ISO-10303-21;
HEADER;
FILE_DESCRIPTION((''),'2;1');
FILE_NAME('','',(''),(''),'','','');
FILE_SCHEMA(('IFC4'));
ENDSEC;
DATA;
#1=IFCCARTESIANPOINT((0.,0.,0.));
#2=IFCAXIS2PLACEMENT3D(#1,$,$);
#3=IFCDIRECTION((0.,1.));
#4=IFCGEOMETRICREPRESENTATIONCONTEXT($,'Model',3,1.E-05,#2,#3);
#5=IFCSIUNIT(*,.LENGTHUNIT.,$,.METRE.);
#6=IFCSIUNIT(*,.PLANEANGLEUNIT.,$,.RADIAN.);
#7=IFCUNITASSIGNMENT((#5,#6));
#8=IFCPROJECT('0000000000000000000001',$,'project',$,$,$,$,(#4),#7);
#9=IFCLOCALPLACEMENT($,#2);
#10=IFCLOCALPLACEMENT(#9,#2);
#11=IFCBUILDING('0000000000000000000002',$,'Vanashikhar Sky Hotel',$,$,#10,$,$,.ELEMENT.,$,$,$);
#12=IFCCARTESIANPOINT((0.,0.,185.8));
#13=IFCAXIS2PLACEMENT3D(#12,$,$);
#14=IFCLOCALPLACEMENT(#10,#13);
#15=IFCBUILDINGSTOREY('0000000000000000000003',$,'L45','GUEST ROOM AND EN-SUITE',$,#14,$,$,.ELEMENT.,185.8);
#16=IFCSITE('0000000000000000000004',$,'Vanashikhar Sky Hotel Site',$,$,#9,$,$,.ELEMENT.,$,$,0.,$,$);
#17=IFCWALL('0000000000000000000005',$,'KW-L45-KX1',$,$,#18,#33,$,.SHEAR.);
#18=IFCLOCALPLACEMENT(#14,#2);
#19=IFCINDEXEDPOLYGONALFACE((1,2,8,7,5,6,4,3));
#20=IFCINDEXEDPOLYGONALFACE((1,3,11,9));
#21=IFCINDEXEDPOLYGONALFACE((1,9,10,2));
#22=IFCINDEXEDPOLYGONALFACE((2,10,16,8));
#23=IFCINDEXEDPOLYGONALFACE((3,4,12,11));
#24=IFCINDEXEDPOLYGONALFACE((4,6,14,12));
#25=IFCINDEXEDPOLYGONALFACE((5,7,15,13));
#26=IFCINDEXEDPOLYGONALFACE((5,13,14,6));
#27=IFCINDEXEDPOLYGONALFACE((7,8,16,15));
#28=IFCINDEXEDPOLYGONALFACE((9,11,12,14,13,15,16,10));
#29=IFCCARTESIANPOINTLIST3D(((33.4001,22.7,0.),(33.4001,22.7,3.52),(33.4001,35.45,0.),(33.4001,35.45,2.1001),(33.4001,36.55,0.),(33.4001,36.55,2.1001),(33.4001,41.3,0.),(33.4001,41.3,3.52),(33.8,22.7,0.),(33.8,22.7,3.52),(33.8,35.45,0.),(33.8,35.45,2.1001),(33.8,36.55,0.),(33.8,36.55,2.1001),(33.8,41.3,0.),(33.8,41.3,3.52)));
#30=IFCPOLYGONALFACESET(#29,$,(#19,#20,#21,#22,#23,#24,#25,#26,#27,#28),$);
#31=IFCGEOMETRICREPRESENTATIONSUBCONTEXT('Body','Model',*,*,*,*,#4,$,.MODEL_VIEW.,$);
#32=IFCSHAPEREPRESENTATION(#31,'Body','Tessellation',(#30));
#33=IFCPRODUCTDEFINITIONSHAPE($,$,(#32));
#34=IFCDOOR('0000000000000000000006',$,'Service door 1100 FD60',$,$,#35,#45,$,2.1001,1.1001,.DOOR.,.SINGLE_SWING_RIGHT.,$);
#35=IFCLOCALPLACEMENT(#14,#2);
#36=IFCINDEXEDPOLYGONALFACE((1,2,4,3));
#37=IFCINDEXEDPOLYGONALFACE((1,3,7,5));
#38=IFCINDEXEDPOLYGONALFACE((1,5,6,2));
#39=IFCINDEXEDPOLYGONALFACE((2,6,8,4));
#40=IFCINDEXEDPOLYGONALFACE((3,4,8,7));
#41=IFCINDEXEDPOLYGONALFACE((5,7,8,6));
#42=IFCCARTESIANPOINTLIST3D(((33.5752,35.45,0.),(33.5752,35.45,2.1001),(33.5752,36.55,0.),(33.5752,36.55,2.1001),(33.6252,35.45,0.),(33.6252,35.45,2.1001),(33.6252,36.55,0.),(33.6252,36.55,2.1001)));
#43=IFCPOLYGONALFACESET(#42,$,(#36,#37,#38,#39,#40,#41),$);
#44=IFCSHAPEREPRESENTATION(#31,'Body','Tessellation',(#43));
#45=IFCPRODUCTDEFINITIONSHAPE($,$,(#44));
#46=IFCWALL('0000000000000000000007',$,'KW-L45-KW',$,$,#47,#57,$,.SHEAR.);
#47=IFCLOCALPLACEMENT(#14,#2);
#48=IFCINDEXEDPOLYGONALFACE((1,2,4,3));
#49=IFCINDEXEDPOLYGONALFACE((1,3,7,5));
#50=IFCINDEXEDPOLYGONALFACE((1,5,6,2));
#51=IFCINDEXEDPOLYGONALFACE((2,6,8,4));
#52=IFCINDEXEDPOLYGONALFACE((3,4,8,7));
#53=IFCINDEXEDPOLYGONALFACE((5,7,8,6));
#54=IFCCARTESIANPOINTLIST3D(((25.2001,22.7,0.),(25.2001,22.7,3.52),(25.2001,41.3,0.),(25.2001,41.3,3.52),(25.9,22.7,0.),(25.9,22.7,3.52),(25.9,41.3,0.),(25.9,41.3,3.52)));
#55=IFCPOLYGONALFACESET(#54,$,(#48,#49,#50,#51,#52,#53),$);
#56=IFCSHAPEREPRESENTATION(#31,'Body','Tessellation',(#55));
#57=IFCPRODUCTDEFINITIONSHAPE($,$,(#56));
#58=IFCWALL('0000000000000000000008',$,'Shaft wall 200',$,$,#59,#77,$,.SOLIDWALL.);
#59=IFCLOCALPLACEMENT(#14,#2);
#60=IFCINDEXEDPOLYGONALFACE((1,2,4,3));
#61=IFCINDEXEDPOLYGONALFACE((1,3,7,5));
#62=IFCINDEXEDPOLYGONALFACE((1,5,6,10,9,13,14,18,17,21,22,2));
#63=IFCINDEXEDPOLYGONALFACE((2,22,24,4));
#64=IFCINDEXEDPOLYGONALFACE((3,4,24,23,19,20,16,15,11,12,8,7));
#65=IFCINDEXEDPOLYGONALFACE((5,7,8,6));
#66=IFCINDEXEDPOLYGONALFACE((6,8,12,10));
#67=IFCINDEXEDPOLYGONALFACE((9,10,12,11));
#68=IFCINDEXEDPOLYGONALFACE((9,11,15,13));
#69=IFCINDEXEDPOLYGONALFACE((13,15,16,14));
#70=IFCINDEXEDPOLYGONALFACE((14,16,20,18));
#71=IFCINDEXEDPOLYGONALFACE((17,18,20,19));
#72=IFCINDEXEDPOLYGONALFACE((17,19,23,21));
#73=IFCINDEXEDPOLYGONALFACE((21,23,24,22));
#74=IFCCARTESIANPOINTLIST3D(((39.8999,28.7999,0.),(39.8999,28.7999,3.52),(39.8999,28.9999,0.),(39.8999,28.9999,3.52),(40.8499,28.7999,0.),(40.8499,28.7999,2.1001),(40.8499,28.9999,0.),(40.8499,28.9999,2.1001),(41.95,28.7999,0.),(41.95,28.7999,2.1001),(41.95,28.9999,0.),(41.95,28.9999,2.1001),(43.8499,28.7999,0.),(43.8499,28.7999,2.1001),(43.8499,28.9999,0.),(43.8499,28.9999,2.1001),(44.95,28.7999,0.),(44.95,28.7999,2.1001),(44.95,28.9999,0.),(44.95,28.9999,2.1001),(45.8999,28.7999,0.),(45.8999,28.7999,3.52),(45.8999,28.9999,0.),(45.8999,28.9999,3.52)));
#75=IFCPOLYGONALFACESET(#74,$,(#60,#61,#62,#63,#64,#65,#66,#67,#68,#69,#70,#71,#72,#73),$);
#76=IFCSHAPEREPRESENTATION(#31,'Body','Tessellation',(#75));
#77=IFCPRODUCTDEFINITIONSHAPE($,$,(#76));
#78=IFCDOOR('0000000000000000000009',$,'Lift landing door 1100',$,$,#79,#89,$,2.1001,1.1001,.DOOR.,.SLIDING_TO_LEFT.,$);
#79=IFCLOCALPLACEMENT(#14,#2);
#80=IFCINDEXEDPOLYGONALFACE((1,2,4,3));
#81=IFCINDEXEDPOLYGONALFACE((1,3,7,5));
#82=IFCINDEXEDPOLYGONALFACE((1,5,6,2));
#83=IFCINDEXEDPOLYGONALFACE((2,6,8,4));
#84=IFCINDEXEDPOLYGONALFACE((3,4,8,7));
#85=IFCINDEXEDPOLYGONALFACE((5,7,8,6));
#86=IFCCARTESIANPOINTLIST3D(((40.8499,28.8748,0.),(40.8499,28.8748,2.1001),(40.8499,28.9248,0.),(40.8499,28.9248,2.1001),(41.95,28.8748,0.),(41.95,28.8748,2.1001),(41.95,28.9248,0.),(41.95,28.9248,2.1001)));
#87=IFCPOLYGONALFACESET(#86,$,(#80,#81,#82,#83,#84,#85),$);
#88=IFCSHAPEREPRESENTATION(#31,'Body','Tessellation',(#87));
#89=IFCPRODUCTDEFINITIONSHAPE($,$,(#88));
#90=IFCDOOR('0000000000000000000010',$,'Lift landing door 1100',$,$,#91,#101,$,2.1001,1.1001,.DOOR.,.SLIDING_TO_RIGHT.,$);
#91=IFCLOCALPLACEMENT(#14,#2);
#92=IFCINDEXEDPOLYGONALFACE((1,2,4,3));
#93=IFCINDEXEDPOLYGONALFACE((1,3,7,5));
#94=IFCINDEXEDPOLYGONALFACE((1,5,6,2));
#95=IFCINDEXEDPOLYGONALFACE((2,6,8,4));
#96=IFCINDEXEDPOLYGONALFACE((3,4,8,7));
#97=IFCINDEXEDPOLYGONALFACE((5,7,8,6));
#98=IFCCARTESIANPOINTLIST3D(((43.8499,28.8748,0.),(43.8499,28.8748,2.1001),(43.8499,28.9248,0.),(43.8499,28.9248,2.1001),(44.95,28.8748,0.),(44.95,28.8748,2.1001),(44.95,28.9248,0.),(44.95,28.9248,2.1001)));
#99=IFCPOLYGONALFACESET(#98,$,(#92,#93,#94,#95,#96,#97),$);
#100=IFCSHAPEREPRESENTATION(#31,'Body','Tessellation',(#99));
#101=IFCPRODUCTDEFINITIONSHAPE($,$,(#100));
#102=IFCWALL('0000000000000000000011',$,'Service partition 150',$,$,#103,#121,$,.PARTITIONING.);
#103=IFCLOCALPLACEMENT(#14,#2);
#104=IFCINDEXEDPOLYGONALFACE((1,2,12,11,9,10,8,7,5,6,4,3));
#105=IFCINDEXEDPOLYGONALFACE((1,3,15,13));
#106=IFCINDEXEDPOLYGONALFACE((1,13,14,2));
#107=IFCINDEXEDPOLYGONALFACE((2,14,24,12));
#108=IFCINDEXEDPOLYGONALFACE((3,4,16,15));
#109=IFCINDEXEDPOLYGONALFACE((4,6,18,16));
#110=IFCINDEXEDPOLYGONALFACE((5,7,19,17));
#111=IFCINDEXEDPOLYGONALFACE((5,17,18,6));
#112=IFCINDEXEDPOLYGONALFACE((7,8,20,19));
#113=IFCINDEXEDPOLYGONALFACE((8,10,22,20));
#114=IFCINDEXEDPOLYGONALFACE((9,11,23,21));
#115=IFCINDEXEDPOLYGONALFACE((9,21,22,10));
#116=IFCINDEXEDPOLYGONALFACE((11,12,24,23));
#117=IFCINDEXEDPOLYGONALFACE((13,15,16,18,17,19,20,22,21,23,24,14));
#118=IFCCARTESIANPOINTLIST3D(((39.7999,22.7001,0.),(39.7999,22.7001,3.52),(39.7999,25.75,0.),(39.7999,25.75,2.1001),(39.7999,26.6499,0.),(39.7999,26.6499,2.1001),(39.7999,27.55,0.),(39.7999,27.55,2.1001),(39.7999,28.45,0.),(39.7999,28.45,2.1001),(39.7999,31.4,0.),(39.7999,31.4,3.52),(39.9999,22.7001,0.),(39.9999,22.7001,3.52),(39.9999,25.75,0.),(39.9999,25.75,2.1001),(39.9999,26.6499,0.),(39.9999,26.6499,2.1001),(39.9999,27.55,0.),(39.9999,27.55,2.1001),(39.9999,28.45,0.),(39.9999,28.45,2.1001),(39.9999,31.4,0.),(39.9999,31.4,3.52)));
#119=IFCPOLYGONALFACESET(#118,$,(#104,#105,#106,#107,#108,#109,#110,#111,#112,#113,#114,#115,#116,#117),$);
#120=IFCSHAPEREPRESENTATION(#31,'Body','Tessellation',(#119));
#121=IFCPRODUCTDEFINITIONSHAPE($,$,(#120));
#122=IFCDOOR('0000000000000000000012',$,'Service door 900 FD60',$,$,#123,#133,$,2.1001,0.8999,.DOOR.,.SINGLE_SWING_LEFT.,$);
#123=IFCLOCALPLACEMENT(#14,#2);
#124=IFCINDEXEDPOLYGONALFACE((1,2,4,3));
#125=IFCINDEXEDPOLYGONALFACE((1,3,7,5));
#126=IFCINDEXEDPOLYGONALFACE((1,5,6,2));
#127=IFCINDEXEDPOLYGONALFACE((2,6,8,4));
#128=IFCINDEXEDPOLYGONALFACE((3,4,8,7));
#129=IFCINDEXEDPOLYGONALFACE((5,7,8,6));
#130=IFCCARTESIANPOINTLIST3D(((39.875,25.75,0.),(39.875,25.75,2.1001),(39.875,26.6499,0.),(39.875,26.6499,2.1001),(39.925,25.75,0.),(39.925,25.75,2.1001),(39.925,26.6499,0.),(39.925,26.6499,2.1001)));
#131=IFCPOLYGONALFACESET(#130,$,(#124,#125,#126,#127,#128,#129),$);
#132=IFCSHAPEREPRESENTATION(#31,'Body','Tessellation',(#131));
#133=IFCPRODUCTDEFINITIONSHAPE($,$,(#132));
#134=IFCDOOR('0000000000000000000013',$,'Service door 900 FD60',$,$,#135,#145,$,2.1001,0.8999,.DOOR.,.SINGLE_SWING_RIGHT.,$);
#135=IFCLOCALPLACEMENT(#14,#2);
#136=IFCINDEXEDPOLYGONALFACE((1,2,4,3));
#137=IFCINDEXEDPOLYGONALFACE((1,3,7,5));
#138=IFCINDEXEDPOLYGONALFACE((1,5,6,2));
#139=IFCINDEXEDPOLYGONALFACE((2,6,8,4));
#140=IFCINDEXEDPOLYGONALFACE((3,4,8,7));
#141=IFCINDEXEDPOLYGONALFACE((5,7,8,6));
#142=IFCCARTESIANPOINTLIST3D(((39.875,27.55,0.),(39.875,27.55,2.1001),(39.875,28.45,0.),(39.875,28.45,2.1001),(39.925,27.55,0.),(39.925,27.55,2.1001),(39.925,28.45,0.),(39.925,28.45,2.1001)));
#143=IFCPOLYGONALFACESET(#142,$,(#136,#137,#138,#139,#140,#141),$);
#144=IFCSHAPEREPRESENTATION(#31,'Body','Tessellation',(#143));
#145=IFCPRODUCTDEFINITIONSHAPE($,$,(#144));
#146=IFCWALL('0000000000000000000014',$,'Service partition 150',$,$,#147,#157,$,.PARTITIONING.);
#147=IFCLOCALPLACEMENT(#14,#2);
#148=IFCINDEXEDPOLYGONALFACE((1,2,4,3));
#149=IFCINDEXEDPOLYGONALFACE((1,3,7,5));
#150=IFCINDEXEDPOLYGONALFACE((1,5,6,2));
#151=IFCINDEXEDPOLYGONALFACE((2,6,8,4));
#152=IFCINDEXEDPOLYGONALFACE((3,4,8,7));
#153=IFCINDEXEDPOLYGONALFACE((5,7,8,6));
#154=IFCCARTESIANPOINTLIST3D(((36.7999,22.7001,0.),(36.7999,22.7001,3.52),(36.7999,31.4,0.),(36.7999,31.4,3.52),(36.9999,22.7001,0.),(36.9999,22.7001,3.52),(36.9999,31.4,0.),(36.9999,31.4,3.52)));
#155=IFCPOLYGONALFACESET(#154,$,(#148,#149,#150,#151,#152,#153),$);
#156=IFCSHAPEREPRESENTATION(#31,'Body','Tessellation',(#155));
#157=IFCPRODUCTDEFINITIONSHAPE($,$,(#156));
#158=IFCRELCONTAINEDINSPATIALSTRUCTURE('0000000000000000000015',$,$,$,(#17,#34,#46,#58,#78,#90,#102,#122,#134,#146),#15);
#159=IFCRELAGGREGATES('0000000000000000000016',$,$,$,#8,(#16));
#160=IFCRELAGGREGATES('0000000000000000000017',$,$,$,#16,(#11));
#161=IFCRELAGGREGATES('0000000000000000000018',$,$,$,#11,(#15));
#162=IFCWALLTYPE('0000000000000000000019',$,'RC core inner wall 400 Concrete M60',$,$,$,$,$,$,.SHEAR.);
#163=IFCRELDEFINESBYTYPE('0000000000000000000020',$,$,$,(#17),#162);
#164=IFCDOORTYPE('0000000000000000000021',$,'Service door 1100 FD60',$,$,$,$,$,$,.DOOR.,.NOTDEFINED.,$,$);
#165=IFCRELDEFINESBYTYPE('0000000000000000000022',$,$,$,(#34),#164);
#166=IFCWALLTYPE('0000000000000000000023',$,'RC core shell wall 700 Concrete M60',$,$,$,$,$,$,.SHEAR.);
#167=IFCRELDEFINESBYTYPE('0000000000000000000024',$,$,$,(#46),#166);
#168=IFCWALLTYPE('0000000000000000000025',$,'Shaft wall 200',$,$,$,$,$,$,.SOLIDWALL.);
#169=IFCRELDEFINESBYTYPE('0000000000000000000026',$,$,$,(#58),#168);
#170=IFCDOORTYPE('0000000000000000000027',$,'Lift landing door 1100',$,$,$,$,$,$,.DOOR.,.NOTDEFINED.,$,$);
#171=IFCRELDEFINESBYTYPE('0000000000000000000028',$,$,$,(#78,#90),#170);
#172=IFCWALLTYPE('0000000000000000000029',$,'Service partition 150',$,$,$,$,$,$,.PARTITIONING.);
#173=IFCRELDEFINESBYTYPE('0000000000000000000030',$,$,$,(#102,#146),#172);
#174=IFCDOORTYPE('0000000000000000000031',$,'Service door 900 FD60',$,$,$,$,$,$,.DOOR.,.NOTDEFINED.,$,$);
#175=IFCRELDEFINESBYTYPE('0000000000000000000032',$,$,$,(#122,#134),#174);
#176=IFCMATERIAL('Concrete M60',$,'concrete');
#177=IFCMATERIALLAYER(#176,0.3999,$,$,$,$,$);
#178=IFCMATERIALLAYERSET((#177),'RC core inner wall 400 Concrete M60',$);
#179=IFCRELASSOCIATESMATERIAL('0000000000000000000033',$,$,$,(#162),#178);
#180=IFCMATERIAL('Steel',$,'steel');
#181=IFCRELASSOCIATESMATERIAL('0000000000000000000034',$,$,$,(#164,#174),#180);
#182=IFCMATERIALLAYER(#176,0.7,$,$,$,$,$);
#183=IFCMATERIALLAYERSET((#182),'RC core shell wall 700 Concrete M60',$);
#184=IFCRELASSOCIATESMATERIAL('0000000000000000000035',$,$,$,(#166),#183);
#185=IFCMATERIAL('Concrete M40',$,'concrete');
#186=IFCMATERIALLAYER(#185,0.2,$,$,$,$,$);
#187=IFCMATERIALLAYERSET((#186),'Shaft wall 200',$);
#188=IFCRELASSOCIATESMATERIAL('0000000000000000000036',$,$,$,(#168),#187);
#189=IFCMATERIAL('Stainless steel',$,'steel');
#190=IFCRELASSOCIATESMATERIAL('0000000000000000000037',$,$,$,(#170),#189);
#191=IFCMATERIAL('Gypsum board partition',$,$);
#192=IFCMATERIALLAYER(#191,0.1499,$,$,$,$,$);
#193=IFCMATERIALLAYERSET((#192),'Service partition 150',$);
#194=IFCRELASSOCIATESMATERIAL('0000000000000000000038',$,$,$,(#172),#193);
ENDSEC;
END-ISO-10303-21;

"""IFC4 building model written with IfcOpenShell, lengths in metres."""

from ifc_helpers import new_model, si_unit, direction, frame, frame_2d, origin, place, context, subcontext, project, spatial, rectangle, extrude, source, transform, mapped, material, layer, layer_set, type_object, element, fill, save


model = new_model("IFC4")

# Units and contexts
model_context = context("Model", 3, precision=1e-05, world=origin(), true_north=direction((0.0, 1.0)))
body_context = subcontext(model_context, "Body", "Model", "MODEL_VIEW")
ifc_project = project(units=[si_unit("LENGTHUNIT", "METRE"), si_unit("PLANEANGLEUNIT", "RADIAN")], contexts=[model_context])

# Site, building, storey
site_placement = place(None, origin())
site = spatial("IfcSite", under=ifc_project, at=site_placement, Name="Vanashikhar Sky Hotel Site", CompositionType="ELEMENT", RefElevation=0.0)
building_placement = place(site_placement, origin())
building = spatial("IfcBuilding", under=site, at=building_placement, Name="Vanashikhar Sky Hotel", CompositionType="ELEMENT")
storey_placement = place(building_placement, frame((0.0, 0.0, 185.8)))
storey = spatial("IfcBuildingStorey", under=building, at=storey_placement, Name="L45", Description="GUEST ROOM AND EN-SUITE", CompositionType="ELEMENT", Elevation=185.8)

# Wall, opening, door
ifc_material_1 = material(Name="Concrete M60", Category="concrete")
ifc_layer_1 = layer(ifc_material_1, 0.3999)
ifc_layer_set_1 = layer_set([ifc_layer_1], Name="RC core inner wall 400 Concrete M60")
wall_type_1 = type_object("IfcWallType", Name="RC core inner wall 400 Concrete M60", PredefinedType="SHEAR", material=ifc_layer_set_1)
shared_shape_1 = source(origin(), body_context, "Body", "SweptSolid", [
    extrude(rectangle(XDim=18.6001, YDim=0.3999, at=frame_2d((9.3, 0.0))), origin(), (0.0, 0.0, 1.0), 3.52),
])
wall_1_placement = place(storey_placement, frame((33.6001, 22.7, 0.0), z_axis=(0.0, 0.0, 1.0), x_axis=(0.0, 1.0, 0.0)))
wall_1 = element("IfcWall", 1, at=wall_1_placement, inside=storey, type_object=wall_type_1, Name="KW-L45-KX1", PredefinedType="SHEAR", context=body_context, shape_type="MappedRepresentation", body=[
    mapped(shared_shape_1, transform((0.0, 0.0, 0.0), scale=1.0)),
])
shared_shape_2 = source(origin(), body_context, "Body", "SweptSolid", [
    extrude(rectangle(XDim=1.1001, YDim=2.1001, at=frame_2d((0.55, 1.05))), frame((0.0, 0.21, 0.0), z_axis=(0.0, -1.0, 0.0), x_axis=(1.0, 0.0, 0.0)), (0.0, 0.0, 1.0), 0.4199),
])
opening_1_placement = place(wall_1_placement, frame((12.75, 0.0, 0.0)))
opening_1 = element("IfcOpeningElement", 2, at=opening_1_placement, cuts=wall_1, PredefinedType="OPENING", context=body_context, shape_type="MappedRepresentation", body=[
    mapped(shared_shape_2, transform((0.0, 0.0, 0.0), scale=1.0)),
])
ifc_material_2 = material(Name="Steel", Category="steel")
door_type_1 = type_object("IfcDoorType", Name="Service door 1100 FD60", OperationType="NOTDEFINED", PredefinedType="DOOR", material=ifc_material_2)
shared_shape_3 = source(origin(), body_context, "Body", "SweptSolid", [
    extrude(rectangle(XDim=1.1001, YDim=2.1001, at=frame_2d((0.55, 1.05))), frame((0.0, 0.0249, 0.0), z_axis=(0.0, -1.0, 0.0), x_axis=(1.0, 0.0, 0.0)), (0.0, 0.0, 1.0), 0.05),
])
door_1_placement = place(opening_1_placement, origin())
door_1 = element("IfcDoor", 3, at=door_1_placement, inside=storey, type_object=door_type_1, Name="Service door 1100 FD60", OperationType="SINGLE_SWING_RIGHT", OverallHeight=2.1001, OverallWidth=1.1001, PredefinedType="DOOR", context=body_context, shape_type="MappedRepresentation", body=[
    mapped(shared_shape_3, transform((0.0, 0.0, 0.0), scale=1.0)),
])
fill(opening_1, door_1)

# Wall
ifc_layer_2 = layer(ifc_material_1, 0.7)
ifc_layer_set_2 = layer_set([ifc_layer_2], Name="RC core shell wall 700 Concrete M60")
wall_type_2 = type_object("IfcWallType", Name="RC core shell wall 700 Concrete M60", PredefinedType="SHEAR", material=ifc_layer_set_2)
shared_shape_4 = source(origin(), body_context, "Body", "SweptSolid", [
    extrude(rectangle(XDim=18.6001, YDim=0.7, at=frame_2d((9.3, 0.0))), origin(), (0.0, 0.0, 1.0), 3.52),
])
wall_2_placement = place(storey_placement, frame((25.55, 22.7, 0.0), z_axis=(0.0, 0.0, 1.0), x_axis=(0.0, 1.0, 0.0)))
element("IfcWall", 4, at=wall_2_placement, inside=storey, type_object=wall_type_2, Name="KW-L45-KW", PredefinedType="SHEAR", context=body_context, shape_type="MappedRepresentation", body=[
    mapped(shared_shape_4, transform((0.0, 0.0, 0.0), scale=1.0)),
])

# Walls, openings, doors
ifc_material_3 = material(Name="Concrete M40", Category="concrete")
ifc_layer_3 = layer(ifc_material_3, 0.2)
ifc_layer_set_3 = layer_set([ifc_layer_3], Name="Shaft wall 200")
wall_type_3 = type_object("IfcWallType", Name="Shaft wall 200", PredefinedType="SOLIDWALL", material=ifc_layer_set_3)
shared_shape_5 = source(origin(), body_context, "Body", "SweptSolid", [
    extrude(rectangle(XDim=6.0, YDim=0.2, at=frame_2d((3.0, 0.0))), origin(), (0.0, 0.0, 1.0), 3.52),
])
wall_3_placement = place(storey_placement, frame((39.8999, 28.8999, 0.0), z_axis=(0.0, 0.0, 1.0), x_axis=(1.0, 0.0, 0.0)))
wall_3 = element("IfcWall", 5, at=wall_3_placement, inside=storey, type_object=wall_type_3, Name="Shaft wall 200", PredefinedType="SOLIDWALL", context=body_context, shape_type="MappedRepresentation", body=[
    mapped(shared_shape_5, transform((0.0, 0.0, 0.0), scale=1.0)),
])
shared_shape_6 = source(origin(), body_context, "Body", "SweptSolid", [
    extrude(rectangle(XDim=1.1001, YDim=2.1001, at=frame_2d((0.55, 1.05))), frame((0.0, 0.1099, 0.0), z_axis=(0.0, -1.0, 0.0), x_axis=(1.0, 0.0, 0.0)), (0.0, 0.0, 1.0), 0.22),
])
opening_2_placement = place(wall_3_placement, frame((0.95, 0.0, 0.0)))
opening_2 = element("IfcOpeningElement", 6, at=opening_2_placement, cuts=wall_3, PredefinedType="OPENING", context=body_context, shape_type="MappedRepresentation", body=[
    mapped(shared_shape_6, transform((0.0, 0.0, 0.0), scale=1.0)),
])
opening_3_placement = place(wall_3_placement, frame((3.95, 0.0, 0.0)))
opening_3 = element("IfcOpeningElement", 7, at=opening_3_placement, cuts=wall_3, PredefinedType="OPENING", context=body_context, shape_type="MappedRepresentation", body=[
    mapped(shared_shape_6, transform((0.0, 0.0, 0.0), scale=1.0)),
])
ifc_material_4 = material(Name="Stainless steel", Category="steel")
door_type_2 = type_object("IfcDoorType", Name="Lift landing door 1100", OperationType="NOTDEFINED", PredefinedType="DOOR", material=ifc_material_4)
door_2_placement = place(opening_2_placement, origin())
door_2 = element("IfcDoor", 8, at=door_2_placement, inside=storey, type_object=door_type_2, Name="Lift landing door 1100", OperationType="SLIDING_TO_LEFT", OverallHeight=2.1001, OverallWidth=1.1001, PredefinedType="DOOR", context=body_context, shape_type="MappedRepresentation", body=[
    mapped(shared_shape_3, transform((0.0, 0.0, 0.0), scale=1.0)),
])
fill(opening_2, door_2)
door_3_placement = place(opening_3_placement, origin())
door_3 = element("IfcDoor", 9, at=door_3_placement, inside=storey, type_object=door_type_2, Name="Lift landing door 1100", OperationType="SLIDING_TO_RIGHT", OverallHeight=2.1001, OverallWidth=1.1001, PredefinedType="DOOR", context=body_context, shape_type="MappedRepresentation", body=[
    mapped(shared_shape_3, transform((0.0, 0.0, 0.0), scale=1.0)),
])
fill(opening_3, door_3)
ifc_material_5 = material(Name="Gypsum board partition")
ifc_layer_4 = layer(ifc_material_5, 0.1499)
ifc_layer_set_4 = layer_set([ifc_layer_4], Name="Service partition 150")
wall_type_4 = type_object("IfcWallType", Name="Service partition 150", PredefinedType="PARTITIONING", material=ifc_layer_set_4)
shared_shape_7 = source(origin(), body_context, "Body", "SweptSolid", [
    extrude(rectangle(XDim=8.7, YDim=0.2, at=frame_2d((4.3501, 0.0))), origin(), (0.0, 0.0, 1.0), 3.52),
])
wall_4_placement = place(storey_placement, frame((39.8999, 22.7, 0.0), z_axis=(0.0, 0.0, 1.0), x_axis=(0.0, 1.0, 0.0)))
wall_4 = element("IfcWall", 10, at=wall_4_placement, inside=storey, type_object=wall_type_4, Name="Service partition 150", PredefinedType="PARTITIONING", context=body_context, shape_type="MappedRepresentation", body=[
    mapped(shared_shape_7, transform((0.0, 0.0, 0.0), scale=1.0)),
])
shared_shape_8 = source(origin(), body_context, "Body", "SweptSolid", [
    extrude(rectangle(XDim=0.8999, YDim=2.1001, at=frame_2d((0.45, 1.05))), frame((0.0, 0.1099, 0.0), z_axis=(0.0, -1.0, 0.0), x_axis=(1.0, 0.0, 0.0)), (0.0, 0.0, 1.0), 0.22),
])
opening_4_placement = place(wall_4_placement, frame((3.05, 0.0, 0.0)))
opening_4 = element("IfcOpeningElement", 11, at=opening_4_placement, cuts=wall_4, PredefinedType="OPENING", context=body_context, shape_type="MappedRepresentation", body=[
    mapped(shared_shape_8, transform((0.0, 0.0, 0.0), scale=1.0)),
])
opening_5_placement = place(wall_4_placement, frame((4.8501, 0.0, 0.0)))
opening_5 = element("IfcOpeningElement", 12, at=opening_5_placement, cuts=wall_4, PredefinedType="OPENING", context=body_context, shape_type="MappedRepresentation", body=[
    mapped(shared_shape_8, transform((0.0, 0.0, 0.0), scale=1.0)),
])
door_type_3 = type_object("IfcDoorType", Name="Service door 900 FD60", OperationType="NOTDEFINED", PredefinedType="DOOR", material=ifc_material_2)
shared_shape_9 = source(origin(), body_context, "Body", "SweptSolid", [
    extrude(rectangle(XDim=0.8999, YDim=2.1001, at=frame_2d((0.45, 1.05))), frame((0.0, 0.0249, 0.0), z_axis=(0.0, -1.0, 0.0), x_axis=(1.0, 0.0, 0.0)), (0.0, 0.0, 1.0), 0.05),
])
door_4_placement = place(opening_4_placement, origin())
door_4 = element("IfcDoor", 13, at=door_4_placement, inside=storey, type_object=door_type_3, Name="Service door 900 FD60", OperationType="SINGLE_SWING_LEFT", OverallHeight=2.1001, OverallWidth=0.8999, PredefinedType="DOOR", context=body_context, shape_type="MappedRepresentation", body=[
    mapped(shared_shape_9, transform((0.0, 0.0, 0.0), scale=1.0)),
])
fill(opening_4, door_4)
door_5_placement = place(opening_5_placement, origin())
door_5 = element("IfcDoor", 14, at=door_5_placement, inside=storey, type_object=door_type_3, Name="Service door 900 FD60", OperationType="SINGLE_SWING_RIGHT", OverallHeight=2.1001, OverallWidth=0.8999, PredefinedType="DOOR", context=body_context, shape_type="MappedRepresentation", body=[
    mapped(shared_shape_9, transform((0.0, 0.0, 0.0), scale=1.0)),
])
fill(opening_5, door_5)

# Wall
wall_5_placement = place(storey_placement, frame((36.8999, 22.7, 0.0), z_axis=(0.0, 0.0, 1.0), x_axis=(0.0, 1.0, 0.0)))
element("IfcWall", 15, at=wall_5_placement, inside=storey, type_object=wall_type_4, Name="Service partition 150", PredefinedType="PARTITIONING", context=body_context, shape_type="MappedRepresentation", body=[
    mapped(shared_shape_7, transform((0.0, 0.0, 0.0), scale=1.0)),
])

save(model, "model.ifc")
